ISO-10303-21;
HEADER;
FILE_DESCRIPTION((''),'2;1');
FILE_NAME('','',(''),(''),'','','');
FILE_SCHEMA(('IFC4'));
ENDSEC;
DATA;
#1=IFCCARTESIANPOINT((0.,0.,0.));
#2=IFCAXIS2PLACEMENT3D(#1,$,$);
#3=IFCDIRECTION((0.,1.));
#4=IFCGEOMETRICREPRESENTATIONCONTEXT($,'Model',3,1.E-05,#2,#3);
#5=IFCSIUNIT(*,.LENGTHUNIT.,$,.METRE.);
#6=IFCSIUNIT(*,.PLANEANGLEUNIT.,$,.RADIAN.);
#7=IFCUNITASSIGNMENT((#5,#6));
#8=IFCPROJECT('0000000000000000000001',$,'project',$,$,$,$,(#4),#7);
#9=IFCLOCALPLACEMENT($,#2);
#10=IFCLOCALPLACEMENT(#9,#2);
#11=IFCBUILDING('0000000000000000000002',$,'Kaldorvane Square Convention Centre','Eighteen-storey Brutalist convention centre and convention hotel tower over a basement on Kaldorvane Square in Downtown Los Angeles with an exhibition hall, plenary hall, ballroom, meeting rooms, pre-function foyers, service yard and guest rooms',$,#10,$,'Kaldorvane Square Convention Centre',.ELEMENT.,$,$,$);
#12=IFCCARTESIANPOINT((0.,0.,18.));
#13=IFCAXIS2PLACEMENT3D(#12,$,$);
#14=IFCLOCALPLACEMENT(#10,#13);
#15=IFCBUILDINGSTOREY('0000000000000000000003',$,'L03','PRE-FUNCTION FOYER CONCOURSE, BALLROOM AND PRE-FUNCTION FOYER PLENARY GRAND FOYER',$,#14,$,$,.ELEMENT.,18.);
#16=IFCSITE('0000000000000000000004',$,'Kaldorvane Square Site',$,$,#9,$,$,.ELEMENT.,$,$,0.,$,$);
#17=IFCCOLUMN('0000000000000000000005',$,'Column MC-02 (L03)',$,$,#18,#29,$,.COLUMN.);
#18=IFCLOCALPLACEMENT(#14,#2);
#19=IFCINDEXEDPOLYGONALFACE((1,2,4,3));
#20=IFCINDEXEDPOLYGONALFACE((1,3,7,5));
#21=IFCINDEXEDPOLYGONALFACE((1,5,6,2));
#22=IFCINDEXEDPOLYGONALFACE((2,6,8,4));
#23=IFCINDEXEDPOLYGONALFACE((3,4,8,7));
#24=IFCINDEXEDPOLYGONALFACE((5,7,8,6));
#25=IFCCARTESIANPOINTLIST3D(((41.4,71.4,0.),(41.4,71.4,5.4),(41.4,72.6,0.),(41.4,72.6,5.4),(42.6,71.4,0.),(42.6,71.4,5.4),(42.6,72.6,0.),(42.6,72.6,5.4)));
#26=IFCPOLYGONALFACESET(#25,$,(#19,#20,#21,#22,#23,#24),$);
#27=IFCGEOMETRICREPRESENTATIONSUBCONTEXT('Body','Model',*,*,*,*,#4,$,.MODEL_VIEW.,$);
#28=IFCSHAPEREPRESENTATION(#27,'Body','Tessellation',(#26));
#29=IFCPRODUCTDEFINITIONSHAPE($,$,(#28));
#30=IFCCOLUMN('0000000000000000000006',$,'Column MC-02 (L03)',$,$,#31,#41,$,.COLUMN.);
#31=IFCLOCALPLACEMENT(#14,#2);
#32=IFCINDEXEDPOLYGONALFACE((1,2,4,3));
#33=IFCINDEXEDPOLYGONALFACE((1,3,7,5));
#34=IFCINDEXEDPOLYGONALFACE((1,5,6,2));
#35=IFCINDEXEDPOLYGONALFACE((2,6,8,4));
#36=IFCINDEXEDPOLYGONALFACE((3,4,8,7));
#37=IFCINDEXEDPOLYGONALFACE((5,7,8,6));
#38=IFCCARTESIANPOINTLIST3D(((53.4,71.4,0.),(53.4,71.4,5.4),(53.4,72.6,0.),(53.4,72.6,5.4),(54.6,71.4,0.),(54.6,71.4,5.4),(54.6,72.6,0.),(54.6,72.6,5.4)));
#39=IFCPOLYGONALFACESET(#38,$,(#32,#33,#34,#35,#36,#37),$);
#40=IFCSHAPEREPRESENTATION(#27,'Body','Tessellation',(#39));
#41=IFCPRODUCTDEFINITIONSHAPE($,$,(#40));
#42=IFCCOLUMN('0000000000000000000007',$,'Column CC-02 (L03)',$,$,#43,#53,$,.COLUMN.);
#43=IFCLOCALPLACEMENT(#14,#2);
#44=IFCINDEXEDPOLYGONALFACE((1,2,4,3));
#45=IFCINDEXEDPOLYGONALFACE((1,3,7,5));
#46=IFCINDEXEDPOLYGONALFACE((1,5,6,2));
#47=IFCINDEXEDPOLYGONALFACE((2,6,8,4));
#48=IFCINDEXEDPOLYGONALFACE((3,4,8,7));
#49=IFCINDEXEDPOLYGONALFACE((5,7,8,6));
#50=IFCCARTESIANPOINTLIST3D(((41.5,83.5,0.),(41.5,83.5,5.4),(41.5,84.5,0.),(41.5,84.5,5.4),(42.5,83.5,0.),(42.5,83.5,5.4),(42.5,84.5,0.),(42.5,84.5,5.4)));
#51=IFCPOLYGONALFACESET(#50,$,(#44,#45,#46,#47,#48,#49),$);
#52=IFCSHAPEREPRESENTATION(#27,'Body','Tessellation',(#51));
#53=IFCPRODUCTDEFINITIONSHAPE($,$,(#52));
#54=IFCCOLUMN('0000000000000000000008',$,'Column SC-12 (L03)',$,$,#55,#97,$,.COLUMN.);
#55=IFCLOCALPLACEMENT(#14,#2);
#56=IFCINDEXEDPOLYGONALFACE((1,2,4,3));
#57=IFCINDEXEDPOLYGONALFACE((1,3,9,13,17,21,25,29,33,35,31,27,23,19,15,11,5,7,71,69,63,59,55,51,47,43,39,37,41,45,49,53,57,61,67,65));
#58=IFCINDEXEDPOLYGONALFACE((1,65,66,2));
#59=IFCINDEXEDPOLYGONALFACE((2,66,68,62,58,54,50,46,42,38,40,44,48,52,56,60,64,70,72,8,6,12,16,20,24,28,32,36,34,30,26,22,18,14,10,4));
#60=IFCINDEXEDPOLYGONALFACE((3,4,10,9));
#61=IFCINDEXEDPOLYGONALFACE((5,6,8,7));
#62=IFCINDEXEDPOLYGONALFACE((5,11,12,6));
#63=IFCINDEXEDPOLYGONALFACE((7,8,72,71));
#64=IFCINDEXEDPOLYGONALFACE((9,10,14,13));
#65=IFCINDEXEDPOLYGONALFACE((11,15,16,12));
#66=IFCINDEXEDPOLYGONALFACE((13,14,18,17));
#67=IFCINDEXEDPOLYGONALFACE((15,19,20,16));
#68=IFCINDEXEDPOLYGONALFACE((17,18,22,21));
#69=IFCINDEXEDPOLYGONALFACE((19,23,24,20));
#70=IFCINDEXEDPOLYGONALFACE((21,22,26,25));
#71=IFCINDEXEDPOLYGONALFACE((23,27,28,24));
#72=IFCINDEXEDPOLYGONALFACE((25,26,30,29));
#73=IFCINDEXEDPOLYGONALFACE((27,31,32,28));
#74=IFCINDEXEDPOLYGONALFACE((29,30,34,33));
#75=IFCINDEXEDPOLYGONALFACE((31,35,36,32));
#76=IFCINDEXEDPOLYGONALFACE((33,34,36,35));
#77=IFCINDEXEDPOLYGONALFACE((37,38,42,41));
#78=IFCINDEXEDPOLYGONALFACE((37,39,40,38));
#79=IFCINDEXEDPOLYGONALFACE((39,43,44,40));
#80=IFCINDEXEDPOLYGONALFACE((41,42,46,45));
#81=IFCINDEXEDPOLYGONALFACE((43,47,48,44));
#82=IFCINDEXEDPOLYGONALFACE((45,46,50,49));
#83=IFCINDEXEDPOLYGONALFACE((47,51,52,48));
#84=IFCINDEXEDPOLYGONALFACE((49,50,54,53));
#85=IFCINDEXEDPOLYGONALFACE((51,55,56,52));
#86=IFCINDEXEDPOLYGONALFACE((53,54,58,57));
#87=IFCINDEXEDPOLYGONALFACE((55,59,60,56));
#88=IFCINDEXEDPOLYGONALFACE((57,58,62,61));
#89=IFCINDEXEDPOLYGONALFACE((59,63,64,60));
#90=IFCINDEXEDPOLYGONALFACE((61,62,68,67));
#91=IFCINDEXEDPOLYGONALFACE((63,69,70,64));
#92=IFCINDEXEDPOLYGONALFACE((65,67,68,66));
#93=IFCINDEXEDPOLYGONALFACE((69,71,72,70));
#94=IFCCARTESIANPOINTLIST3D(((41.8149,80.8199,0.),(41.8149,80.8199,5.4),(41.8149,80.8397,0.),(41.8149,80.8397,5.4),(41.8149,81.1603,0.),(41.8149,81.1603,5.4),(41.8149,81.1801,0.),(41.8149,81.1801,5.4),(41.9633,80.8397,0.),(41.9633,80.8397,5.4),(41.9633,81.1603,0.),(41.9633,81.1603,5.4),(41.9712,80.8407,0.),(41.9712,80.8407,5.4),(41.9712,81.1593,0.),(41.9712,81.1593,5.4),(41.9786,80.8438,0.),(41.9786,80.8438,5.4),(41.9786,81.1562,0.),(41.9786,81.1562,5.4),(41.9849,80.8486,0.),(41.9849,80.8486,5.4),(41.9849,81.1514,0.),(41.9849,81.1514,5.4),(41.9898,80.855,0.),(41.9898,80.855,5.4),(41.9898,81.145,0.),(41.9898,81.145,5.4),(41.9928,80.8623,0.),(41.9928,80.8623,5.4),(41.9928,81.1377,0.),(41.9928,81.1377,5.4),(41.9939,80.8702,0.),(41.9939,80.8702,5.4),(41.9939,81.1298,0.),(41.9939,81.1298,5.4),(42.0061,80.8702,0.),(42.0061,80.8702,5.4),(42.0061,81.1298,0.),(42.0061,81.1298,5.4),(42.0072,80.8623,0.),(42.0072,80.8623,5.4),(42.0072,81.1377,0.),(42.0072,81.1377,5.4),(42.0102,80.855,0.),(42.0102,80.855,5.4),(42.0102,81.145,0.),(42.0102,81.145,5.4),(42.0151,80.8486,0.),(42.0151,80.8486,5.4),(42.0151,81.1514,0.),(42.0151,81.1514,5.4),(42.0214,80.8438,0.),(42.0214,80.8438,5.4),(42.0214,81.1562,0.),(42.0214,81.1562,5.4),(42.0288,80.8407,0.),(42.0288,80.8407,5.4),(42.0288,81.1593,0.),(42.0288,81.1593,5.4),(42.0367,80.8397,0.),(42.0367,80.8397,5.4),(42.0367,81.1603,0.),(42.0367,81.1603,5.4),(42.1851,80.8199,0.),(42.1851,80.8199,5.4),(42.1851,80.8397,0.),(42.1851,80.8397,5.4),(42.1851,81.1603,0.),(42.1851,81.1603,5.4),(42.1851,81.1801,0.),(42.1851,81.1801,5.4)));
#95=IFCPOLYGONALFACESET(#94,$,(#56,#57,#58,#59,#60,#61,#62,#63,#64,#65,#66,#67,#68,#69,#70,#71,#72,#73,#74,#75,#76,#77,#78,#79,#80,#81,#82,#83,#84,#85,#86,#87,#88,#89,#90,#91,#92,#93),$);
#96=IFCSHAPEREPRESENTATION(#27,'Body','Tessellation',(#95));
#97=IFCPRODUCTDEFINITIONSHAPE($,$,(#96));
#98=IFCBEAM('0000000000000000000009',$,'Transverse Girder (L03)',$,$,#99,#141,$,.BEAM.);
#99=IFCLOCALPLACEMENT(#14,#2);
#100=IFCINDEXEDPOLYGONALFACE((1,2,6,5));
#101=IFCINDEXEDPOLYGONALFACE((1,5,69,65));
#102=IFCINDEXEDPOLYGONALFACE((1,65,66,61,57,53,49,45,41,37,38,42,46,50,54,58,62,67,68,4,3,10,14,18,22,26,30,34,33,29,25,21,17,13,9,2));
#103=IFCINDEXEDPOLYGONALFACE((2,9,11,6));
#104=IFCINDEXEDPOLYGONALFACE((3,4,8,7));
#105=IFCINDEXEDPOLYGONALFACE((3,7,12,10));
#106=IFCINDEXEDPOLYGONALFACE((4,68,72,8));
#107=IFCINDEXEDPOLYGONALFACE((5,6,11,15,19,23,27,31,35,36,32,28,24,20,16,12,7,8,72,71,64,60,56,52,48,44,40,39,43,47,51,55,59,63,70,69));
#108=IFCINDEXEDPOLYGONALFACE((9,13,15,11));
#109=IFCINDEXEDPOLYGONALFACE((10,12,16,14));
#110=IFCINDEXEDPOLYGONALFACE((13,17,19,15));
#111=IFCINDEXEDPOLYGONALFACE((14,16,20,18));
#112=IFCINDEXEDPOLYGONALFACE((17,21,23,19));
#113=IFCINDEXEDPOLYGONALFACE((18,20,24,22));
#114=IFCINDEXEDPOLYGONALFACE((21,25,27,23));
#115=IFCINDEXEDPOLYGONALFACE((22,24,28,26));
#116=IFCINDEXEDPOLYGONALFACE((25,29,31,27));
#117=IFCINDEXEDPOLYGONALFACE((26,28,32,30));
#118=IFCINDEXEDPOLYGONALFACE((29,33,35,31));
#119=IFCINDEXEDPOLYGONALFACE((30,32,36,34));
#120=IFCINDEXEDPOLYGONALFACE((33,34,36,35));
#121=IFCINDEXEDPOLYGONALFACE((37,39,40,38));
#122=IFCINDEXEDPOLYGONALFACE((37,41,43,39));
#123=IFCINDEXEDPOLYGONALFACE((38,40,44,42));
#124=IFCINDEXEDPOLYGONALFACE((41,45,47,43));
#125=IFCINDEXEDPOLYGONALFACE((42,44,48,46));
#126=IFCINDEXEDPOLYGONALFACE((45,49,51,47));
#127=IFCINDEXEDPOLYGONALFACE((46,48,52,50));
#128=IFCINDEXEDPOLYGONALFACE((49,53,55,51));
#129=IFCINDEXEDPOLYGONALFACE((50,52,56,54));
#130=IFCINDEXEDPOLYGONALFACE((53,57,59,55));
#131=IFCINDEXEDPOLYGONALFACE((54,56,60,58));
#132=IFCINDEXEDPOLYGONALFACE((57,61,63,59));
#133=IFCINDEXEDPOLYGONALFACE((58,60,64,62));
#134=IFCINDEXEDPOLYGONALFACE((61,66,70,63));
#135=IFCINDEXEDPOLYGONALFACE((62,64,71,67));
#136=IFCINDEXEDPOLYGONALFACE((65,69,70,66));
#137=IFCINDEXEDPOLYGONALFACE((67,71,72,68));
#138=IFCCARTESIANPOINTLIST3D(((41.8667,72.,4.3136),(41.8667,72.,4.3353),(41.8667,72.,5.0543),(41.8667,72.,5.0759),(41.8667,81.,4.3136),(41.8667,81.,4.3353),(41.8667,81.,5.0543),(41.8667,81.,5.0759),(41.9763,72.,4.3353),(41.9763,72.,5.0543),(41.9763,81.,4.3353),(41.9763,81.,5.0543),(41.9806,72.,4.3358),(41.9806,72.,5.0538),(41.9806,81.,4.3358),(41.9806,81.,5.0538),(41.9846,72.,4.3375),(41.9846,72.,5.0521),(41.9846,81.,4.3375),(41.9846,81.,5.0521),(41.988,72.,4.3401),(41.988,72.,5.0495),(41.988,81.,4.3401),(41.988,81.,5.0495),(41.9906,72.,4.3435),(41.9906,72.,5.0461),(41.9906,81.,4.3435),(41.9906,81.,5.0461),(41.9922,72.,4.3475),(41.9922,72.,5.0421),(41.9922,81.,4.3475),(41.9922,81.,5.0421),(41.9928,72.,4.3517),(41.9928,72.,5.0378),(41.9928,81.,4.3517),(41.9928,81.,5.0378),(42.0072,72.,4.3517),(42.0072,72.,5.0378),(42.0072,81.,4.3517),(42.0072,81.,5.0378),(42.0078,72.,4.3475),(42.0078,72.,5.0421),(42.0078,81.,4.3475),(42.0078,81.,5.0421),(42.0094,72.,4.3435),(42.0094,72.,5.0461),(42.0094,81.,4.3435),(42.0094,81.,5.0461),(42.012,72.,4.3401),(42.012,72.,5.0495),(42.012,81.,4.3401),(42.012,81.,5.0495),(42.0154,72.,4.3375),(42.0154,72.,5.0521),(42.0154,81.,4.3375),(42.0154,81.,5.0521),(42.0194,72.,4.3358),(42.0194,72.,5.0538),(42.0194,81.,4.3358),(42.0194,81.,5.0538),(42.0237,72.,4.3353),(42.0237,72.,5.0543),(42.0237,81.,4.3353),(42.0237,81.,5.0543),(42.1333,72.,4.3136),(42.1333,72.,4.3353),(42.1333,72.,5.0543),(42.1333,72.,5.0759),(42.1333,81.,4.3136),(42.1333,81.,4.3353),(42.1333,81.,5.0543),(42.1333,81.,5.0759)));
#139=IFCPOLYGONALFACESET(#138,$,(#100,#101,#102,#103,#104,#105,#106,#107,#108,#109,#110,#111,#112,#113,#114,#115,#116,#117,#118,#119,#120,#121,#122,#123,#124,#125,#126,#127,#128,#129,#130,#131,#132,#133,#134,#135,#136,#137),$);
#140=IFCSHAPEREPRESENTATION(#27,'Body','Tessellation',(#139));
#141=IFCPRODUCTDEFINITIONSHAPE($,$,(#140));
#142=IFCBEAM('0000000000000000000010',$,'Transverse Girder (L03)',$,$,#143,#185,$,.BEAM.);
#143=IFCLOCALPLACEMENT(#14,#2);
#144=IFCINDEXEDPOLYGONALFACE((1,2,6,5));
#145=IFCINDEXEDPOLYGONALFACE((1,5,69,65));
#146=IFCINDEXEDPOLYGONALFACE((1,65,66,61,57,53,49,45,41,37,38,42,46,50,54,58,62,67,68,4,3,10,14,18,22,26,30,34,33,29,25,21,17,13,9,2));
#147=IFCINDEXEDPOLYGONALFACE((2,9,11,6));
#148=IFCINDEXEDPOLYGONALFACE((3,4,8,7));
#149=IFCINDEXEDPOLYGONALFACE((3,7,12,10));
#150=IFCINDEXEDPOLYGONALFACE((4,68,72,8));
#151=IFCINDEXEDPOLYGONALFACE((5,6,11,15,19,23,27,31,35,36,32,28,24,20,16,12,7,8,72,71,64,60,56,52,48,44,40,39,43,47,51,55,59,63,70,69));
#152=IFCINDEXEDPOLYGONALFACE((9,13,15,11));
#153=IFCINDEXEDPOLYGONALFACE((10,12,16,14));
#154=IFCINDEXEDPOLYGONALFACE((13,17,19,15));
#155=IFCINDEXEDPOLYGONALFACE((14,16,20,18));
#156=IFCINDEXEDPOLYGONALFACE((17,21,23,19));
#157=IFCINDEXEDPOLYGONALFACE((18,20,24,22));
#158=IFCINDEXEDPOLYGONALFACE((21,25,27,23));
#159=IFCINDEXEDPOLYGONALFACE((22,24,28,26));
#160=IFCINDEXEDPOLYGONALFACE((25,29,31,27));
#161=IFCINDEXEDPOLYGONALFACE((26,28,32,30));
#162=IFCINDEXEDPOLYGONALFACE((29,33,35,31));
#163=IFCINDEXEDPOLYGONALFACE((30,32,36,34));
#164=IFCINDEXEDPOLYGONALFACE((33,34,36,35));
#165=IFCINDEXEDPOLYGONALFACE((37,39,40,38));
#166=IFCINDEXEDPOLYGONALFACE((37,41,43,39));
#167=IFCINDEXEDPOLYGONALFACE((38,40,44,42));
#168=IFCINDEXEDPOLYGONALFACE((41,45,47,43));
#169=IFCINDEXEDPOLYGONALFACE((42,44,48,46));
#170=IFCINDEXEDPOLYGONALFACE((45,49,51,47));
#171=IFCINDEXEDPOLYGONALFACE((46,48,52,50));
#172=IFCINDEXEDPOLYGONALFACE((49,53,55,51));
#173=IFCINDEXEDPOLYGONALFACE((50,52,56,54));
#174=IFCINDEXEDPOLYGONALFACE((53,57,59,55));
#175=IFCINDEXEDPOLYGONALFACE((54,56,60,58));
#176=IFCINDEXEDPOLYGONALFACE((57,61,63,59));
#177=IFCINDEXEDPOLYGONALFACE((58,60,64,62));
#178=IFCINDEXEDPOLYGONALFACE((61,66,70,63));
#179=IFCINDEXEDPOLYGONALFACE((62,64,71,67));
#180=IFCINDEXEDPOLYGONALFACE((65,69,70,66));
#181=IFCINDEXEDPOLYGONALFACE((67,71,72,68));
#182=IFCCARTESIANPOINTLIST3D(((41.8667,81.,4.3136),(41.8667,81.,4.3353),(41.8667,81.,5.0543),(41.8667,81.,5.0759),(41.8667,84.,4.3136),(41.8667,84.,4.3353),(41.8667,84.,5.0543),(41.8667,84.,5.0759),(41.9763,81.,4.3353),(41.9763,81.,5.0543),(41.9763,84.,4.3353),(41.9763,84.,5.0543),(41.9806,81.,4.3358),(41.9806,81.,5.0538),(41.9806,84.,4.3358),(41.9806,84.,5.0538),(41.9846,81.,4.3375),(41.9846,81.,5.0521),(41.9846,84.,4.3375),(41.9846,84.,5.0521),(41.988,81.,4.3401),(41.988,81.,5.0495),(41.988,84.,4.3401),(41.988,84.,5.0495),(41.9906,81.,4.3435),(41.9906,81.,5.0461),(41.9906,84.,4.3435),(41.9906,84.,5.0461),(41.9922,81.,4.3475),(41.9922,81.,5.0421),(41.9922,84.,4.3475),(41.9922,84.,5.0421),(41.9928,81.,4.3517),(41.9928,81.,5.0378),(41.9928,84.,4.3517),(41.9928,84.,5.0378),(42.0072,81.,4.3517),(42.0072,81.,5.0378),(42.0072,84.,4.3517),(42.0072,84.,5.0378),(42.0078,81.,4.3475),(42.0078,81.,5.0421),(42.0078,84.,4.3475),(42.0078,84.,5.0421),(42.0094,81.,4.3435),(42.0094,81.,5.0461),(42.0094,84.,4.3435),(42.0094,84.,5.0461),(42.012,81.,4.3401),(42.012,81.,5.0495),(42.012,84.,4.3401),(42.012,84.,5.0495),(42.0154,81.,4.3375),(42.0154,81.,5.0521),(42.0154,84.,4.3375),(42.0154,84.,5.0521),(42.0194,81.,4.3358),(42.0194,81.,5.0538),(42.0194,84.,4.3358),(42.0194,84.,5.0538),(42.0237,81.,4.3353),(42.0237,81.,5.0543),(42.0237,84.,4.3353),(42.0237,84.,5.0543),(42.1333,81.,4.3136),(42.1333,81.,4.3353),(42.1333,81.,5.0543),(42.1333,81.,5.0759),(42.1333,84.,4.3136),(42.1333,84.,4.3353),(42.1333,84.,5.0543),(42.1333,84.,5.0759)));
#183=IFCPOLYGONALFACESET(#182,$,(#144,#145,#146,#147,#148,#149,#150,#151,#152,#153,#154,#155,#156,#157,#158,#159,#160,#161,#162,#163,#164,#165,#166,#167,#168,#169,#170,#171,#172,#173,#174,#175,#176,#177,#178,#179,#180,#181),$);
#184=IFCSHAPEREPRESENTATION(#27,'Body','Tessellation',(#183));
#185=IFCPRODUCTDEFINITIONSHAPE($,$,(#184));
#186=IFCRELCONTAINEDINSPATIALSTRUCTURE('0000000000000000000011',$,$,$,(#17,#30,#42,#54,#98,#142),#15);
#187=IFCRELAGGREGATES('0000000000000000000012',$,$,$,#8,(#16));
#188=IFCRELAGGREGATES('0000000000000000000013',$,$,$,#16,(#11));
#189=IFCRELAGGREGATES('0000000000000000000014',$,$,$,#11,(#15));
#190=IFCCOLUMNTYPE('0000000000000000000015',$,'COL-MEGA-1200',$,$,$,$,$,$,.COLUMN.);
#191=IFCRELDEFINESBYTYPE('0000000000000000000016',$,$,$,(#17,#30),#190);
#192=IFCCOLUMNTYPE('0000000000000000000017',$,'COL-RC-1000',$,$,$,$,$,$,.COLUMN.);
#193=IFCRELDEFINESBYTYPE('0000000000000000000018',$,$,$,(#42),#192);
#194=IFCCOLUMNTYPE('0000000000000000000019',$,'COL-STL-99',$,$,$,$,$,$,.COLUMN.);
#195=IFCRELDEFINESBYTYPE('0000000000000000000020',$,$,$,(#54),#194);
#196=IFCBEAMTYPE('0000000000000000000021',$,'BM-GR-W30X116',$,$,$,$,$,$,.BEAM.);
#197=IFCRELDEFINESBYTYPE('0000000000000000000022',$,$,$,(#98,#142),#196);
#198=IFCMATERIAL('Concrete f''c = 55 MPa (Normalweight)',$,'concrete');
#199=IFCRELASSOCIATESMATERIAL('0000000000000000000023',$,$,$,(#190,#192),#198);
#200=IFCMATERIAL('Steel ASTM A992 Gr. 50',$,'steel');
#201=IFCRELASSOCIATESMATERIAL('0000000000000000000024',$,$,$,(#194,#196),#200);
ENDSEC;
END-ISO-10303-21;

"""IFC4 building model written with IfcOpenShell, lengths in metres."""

from ifc_helpers import new_model, si_unit, direction, frame, origin, origin_2d, place, context, subcontext, project, spatial, rectangle, i_section, extrude, material, material_profile, profile_set, type_object, element, save


model = new_model("IFC4")

# Units and contexts
model_context = context("Model", 3, precision=1e-05, world=origin(), true_north=direction((0.0, 1.0)))
body_context = subcontext(model_context, "Body", "Model", "MODEL_VIEW")
ifc_project = project(units=[si_unit("LENGTHUNIT", "METRE"), si_unit("PLANEANGLEUNIT", "RADIAN")], contexts=[model_context])

# Site, building, storey
site_placement = place(None, origin())
site = spatial("IfcSite", under=ifc_project, at=site_placement, Name="Kaldorvane Square Site", CompositionType="ELEMENT", RefElevation=0.0)
building_placement = place(site_placement, origin())
building = spatial("IfcBuilding", under=site, at=building_placement, Name="Kaldorvane Square Convention Centre", Description="Eighteen-storey Brutalist convention centre and convention hotel tower over a basement on Kaldorvane Square in Downtown Los Angeles with an exhibition hall, plenary hall, ballroom, meeting rooms, pre-function foyers, service yard and guest rooms", LongName="Kaldorvane Square Convention Centre", CompositionType="ELEMENT")
storey_placement = place(building_placement, frame((0.0, 0.0, 18.0)))
storey = spatial("IfcBuildingStorey", under=building, at=storey_placement, Name="L03", Description="PRE-FUNCTION FOYER CONCOURSE, BALLROOM AND PRE-FUNCTION FOYER PLENARY GRAND FOYER", CompositionType="ELEMENT", Elevation=18.0)

# Columns
ifc_material_1 = material(Name="Concrete f'c = 55 MPa (Normalweight)", Category="concrete")
ifc_material_profile_1 = material_profile(ifc_material_1, rectangle(XDim=1.2, YDim=1.2, at=origin_2d()), Name="RC1200X1200")
ifc_profile_set_1 = profile_set([ifc_material_profile_1], Name="Concrete f'c = 55 MPa (Normalweight)")
column_type_1 = type_object("IfcColumnType", Name="COL-MEGA-1200", PredefinedType="COLUMN", material=ifc_profile_set_1)
for number, where, z_axis, x_axis, name in (
    (1, (42.0, 72.0, 0.0), (0.0, 0.0, 1.0), (1.0, 0.0, 0.0), "Column MC-02 (L03)"),
    (2, (54.0, 72.0, 0.0), (0.0, 0.0, 1.0), (1.0, 0.0, 0.0), "Column MC-02 (L03)"),
):
    element("IfcColumn", number, at=place(storey_placement, frame(where, z_axis=z_axis, x_axis=x_axis)), inside=storey, type_object=column_type_1, Name=name, PredefinedType="COLUMN", context=body_context, shape_type="SweptSolid", body=[
        extrude(rectangle(XDim=1.2, YDim=1.2, at=origin_2d()), origin(), (0.0, 0.0, 1.0), 5.4),
    ])
ifc_material_profile_2 = material_profile(ifc_material_1, rectangle(XDim=1.0, YDim=1.0, at=origin_2d()), Name="RC1000X1000")
ifc_profile_set_2 = profile_set([ifc_material_profile_2], Name="Concrete f'c = 55 MPa (Normalweight)")
column_type_2 = type_object("IfcColumnType", Name="COL-RC-1000", PredefinedType="COLUMN", material=ifc_profile_set_2)
column_1_placement = place(storey_placement, frame((42.0, 84.0, 0.0), z_axis=(0.0, 0.0, 1.0), x_axis=(1.0, 0.0, 0.0)))
element("IfcColumn", 3, at=column_1_placement, inside=storey, type_object=column_type_2, Name="Column CC-02 (L03)", PredefinedType="COLUMN", context=body_context, shape_type="SweptSolid", body=[
    extrude(rectangle(XDim=1.0, YDim=1.0, at=origin_2d()), origin(), (0.0, 0.0, 1.0), 5.4),
])
ifc_material_2 = material(Name="Steel ASTM A992 Gr. 50", Category="steel")
ifc_material_profile_3 = material_profile(ifc_material_2, i_section(OverallWidth=0.3701, OverallDepth=0.3602, WebThickness=0.0123, FlangeThickness=0.0198, FilletRadius=0.0305, at=origin_2d()), Name="W14X99")
ifc_profile_set_3 = profile_set([ifc_material_profile_3], Name="Steel ASTM A992 Gr. 50")
column_type_3 = type_object("IfcColumnType", Name="COL-STL-99", PredefinedType="COLUMN", material=ifc_profile_set_3)
column_2_placement = place(storey_placement, frame((42.0, 81.0, 0.0), z_axis=(0.0, 0.0, 1.0), x_axis=(1.0, 0.0, 0.0)))
element("IfcColumn", 4, at=column_2_placement, inside=storey, type_object=column_type_3, Name="Column SC-12 (L03)", PredefinedType="COLUMN", context=body_context, shape_type="SweptSolid", body=[
    extrude(i_section(OverallWidth=0.3701, OverallDepth=0.3602, WebThickness=0.0123, FlangeThickness=0.0198, FilletRadius=0.0305, at=origin_2d()), origin(), (0.0, 0.0, 1.0), 5.4),
])

# Beams
ifc_material_profile_4 = material_profile(ifc_material_2, i_section(OverallWidth=0.2666, OverallDepth=0.7623, WebThickness=0.0144, FlangeThickness=0.0216, FilletRadius=0.0165, at=origin_2d()), Name="W30X116")
ifc_profile_set_4 = profile_set([ifc_material_profile_4], Name="Steel ASTM A992 Gr. 50")
beam_type_1 = type_object("IfcBeamType", Name="BM-GR-W30X116", PredefinedType="BEAM", material=ifc_profile_set_4)
beam_1_placement = place(storey_placement, frame((42.0, 72.0, 4.6948), z_axis=(0.0, 1.0, 0.0), x_axis=(-1.0, 0.0, 0.0)))
element("IfcBeam", 5, at=beam_1_placement, inside=storey, type_object=beam_type_1, Name="Transverse Girder (L03)", PredefinedType="BEAM", context=body_context, shape_type="SweptSolid", body=[
    extrude(i_section(OverallWidth=0.2666, OverallDepth=0.7623, WebThickness=0.0144, FlangeThickness=0.0216, FilletRadius=0.0165, at=origin_2d()), origin(), (0.0, 0.0, 1.0), 9.0),
])
beam_2_placement = place(storey_placement, frame((42.0, 81.0, 4.6948), z_axis=(0.0, 1.0, 0.0), x_axis=(-1.0, 0.0, 0.0)))
element("IfcBeam", 6, at=beam_2_placement, inside=storey, type_object=beam_type_1, Name="Transverse Girder (L03)", PredefinedType="BEAM", context=body_context, shape_type="SweptSolid", body=[
    extrude(i_section(OverallWidth=0.2666, OverallDepth=0.7623, WebThickness=0.0144, FlangeThickness=0.0216, FilletRadius=0.0165, at=origin_2d()), origin(), (0.0, 0.0, 1.0), 3.0),
])

save(model, "model.ifc")
